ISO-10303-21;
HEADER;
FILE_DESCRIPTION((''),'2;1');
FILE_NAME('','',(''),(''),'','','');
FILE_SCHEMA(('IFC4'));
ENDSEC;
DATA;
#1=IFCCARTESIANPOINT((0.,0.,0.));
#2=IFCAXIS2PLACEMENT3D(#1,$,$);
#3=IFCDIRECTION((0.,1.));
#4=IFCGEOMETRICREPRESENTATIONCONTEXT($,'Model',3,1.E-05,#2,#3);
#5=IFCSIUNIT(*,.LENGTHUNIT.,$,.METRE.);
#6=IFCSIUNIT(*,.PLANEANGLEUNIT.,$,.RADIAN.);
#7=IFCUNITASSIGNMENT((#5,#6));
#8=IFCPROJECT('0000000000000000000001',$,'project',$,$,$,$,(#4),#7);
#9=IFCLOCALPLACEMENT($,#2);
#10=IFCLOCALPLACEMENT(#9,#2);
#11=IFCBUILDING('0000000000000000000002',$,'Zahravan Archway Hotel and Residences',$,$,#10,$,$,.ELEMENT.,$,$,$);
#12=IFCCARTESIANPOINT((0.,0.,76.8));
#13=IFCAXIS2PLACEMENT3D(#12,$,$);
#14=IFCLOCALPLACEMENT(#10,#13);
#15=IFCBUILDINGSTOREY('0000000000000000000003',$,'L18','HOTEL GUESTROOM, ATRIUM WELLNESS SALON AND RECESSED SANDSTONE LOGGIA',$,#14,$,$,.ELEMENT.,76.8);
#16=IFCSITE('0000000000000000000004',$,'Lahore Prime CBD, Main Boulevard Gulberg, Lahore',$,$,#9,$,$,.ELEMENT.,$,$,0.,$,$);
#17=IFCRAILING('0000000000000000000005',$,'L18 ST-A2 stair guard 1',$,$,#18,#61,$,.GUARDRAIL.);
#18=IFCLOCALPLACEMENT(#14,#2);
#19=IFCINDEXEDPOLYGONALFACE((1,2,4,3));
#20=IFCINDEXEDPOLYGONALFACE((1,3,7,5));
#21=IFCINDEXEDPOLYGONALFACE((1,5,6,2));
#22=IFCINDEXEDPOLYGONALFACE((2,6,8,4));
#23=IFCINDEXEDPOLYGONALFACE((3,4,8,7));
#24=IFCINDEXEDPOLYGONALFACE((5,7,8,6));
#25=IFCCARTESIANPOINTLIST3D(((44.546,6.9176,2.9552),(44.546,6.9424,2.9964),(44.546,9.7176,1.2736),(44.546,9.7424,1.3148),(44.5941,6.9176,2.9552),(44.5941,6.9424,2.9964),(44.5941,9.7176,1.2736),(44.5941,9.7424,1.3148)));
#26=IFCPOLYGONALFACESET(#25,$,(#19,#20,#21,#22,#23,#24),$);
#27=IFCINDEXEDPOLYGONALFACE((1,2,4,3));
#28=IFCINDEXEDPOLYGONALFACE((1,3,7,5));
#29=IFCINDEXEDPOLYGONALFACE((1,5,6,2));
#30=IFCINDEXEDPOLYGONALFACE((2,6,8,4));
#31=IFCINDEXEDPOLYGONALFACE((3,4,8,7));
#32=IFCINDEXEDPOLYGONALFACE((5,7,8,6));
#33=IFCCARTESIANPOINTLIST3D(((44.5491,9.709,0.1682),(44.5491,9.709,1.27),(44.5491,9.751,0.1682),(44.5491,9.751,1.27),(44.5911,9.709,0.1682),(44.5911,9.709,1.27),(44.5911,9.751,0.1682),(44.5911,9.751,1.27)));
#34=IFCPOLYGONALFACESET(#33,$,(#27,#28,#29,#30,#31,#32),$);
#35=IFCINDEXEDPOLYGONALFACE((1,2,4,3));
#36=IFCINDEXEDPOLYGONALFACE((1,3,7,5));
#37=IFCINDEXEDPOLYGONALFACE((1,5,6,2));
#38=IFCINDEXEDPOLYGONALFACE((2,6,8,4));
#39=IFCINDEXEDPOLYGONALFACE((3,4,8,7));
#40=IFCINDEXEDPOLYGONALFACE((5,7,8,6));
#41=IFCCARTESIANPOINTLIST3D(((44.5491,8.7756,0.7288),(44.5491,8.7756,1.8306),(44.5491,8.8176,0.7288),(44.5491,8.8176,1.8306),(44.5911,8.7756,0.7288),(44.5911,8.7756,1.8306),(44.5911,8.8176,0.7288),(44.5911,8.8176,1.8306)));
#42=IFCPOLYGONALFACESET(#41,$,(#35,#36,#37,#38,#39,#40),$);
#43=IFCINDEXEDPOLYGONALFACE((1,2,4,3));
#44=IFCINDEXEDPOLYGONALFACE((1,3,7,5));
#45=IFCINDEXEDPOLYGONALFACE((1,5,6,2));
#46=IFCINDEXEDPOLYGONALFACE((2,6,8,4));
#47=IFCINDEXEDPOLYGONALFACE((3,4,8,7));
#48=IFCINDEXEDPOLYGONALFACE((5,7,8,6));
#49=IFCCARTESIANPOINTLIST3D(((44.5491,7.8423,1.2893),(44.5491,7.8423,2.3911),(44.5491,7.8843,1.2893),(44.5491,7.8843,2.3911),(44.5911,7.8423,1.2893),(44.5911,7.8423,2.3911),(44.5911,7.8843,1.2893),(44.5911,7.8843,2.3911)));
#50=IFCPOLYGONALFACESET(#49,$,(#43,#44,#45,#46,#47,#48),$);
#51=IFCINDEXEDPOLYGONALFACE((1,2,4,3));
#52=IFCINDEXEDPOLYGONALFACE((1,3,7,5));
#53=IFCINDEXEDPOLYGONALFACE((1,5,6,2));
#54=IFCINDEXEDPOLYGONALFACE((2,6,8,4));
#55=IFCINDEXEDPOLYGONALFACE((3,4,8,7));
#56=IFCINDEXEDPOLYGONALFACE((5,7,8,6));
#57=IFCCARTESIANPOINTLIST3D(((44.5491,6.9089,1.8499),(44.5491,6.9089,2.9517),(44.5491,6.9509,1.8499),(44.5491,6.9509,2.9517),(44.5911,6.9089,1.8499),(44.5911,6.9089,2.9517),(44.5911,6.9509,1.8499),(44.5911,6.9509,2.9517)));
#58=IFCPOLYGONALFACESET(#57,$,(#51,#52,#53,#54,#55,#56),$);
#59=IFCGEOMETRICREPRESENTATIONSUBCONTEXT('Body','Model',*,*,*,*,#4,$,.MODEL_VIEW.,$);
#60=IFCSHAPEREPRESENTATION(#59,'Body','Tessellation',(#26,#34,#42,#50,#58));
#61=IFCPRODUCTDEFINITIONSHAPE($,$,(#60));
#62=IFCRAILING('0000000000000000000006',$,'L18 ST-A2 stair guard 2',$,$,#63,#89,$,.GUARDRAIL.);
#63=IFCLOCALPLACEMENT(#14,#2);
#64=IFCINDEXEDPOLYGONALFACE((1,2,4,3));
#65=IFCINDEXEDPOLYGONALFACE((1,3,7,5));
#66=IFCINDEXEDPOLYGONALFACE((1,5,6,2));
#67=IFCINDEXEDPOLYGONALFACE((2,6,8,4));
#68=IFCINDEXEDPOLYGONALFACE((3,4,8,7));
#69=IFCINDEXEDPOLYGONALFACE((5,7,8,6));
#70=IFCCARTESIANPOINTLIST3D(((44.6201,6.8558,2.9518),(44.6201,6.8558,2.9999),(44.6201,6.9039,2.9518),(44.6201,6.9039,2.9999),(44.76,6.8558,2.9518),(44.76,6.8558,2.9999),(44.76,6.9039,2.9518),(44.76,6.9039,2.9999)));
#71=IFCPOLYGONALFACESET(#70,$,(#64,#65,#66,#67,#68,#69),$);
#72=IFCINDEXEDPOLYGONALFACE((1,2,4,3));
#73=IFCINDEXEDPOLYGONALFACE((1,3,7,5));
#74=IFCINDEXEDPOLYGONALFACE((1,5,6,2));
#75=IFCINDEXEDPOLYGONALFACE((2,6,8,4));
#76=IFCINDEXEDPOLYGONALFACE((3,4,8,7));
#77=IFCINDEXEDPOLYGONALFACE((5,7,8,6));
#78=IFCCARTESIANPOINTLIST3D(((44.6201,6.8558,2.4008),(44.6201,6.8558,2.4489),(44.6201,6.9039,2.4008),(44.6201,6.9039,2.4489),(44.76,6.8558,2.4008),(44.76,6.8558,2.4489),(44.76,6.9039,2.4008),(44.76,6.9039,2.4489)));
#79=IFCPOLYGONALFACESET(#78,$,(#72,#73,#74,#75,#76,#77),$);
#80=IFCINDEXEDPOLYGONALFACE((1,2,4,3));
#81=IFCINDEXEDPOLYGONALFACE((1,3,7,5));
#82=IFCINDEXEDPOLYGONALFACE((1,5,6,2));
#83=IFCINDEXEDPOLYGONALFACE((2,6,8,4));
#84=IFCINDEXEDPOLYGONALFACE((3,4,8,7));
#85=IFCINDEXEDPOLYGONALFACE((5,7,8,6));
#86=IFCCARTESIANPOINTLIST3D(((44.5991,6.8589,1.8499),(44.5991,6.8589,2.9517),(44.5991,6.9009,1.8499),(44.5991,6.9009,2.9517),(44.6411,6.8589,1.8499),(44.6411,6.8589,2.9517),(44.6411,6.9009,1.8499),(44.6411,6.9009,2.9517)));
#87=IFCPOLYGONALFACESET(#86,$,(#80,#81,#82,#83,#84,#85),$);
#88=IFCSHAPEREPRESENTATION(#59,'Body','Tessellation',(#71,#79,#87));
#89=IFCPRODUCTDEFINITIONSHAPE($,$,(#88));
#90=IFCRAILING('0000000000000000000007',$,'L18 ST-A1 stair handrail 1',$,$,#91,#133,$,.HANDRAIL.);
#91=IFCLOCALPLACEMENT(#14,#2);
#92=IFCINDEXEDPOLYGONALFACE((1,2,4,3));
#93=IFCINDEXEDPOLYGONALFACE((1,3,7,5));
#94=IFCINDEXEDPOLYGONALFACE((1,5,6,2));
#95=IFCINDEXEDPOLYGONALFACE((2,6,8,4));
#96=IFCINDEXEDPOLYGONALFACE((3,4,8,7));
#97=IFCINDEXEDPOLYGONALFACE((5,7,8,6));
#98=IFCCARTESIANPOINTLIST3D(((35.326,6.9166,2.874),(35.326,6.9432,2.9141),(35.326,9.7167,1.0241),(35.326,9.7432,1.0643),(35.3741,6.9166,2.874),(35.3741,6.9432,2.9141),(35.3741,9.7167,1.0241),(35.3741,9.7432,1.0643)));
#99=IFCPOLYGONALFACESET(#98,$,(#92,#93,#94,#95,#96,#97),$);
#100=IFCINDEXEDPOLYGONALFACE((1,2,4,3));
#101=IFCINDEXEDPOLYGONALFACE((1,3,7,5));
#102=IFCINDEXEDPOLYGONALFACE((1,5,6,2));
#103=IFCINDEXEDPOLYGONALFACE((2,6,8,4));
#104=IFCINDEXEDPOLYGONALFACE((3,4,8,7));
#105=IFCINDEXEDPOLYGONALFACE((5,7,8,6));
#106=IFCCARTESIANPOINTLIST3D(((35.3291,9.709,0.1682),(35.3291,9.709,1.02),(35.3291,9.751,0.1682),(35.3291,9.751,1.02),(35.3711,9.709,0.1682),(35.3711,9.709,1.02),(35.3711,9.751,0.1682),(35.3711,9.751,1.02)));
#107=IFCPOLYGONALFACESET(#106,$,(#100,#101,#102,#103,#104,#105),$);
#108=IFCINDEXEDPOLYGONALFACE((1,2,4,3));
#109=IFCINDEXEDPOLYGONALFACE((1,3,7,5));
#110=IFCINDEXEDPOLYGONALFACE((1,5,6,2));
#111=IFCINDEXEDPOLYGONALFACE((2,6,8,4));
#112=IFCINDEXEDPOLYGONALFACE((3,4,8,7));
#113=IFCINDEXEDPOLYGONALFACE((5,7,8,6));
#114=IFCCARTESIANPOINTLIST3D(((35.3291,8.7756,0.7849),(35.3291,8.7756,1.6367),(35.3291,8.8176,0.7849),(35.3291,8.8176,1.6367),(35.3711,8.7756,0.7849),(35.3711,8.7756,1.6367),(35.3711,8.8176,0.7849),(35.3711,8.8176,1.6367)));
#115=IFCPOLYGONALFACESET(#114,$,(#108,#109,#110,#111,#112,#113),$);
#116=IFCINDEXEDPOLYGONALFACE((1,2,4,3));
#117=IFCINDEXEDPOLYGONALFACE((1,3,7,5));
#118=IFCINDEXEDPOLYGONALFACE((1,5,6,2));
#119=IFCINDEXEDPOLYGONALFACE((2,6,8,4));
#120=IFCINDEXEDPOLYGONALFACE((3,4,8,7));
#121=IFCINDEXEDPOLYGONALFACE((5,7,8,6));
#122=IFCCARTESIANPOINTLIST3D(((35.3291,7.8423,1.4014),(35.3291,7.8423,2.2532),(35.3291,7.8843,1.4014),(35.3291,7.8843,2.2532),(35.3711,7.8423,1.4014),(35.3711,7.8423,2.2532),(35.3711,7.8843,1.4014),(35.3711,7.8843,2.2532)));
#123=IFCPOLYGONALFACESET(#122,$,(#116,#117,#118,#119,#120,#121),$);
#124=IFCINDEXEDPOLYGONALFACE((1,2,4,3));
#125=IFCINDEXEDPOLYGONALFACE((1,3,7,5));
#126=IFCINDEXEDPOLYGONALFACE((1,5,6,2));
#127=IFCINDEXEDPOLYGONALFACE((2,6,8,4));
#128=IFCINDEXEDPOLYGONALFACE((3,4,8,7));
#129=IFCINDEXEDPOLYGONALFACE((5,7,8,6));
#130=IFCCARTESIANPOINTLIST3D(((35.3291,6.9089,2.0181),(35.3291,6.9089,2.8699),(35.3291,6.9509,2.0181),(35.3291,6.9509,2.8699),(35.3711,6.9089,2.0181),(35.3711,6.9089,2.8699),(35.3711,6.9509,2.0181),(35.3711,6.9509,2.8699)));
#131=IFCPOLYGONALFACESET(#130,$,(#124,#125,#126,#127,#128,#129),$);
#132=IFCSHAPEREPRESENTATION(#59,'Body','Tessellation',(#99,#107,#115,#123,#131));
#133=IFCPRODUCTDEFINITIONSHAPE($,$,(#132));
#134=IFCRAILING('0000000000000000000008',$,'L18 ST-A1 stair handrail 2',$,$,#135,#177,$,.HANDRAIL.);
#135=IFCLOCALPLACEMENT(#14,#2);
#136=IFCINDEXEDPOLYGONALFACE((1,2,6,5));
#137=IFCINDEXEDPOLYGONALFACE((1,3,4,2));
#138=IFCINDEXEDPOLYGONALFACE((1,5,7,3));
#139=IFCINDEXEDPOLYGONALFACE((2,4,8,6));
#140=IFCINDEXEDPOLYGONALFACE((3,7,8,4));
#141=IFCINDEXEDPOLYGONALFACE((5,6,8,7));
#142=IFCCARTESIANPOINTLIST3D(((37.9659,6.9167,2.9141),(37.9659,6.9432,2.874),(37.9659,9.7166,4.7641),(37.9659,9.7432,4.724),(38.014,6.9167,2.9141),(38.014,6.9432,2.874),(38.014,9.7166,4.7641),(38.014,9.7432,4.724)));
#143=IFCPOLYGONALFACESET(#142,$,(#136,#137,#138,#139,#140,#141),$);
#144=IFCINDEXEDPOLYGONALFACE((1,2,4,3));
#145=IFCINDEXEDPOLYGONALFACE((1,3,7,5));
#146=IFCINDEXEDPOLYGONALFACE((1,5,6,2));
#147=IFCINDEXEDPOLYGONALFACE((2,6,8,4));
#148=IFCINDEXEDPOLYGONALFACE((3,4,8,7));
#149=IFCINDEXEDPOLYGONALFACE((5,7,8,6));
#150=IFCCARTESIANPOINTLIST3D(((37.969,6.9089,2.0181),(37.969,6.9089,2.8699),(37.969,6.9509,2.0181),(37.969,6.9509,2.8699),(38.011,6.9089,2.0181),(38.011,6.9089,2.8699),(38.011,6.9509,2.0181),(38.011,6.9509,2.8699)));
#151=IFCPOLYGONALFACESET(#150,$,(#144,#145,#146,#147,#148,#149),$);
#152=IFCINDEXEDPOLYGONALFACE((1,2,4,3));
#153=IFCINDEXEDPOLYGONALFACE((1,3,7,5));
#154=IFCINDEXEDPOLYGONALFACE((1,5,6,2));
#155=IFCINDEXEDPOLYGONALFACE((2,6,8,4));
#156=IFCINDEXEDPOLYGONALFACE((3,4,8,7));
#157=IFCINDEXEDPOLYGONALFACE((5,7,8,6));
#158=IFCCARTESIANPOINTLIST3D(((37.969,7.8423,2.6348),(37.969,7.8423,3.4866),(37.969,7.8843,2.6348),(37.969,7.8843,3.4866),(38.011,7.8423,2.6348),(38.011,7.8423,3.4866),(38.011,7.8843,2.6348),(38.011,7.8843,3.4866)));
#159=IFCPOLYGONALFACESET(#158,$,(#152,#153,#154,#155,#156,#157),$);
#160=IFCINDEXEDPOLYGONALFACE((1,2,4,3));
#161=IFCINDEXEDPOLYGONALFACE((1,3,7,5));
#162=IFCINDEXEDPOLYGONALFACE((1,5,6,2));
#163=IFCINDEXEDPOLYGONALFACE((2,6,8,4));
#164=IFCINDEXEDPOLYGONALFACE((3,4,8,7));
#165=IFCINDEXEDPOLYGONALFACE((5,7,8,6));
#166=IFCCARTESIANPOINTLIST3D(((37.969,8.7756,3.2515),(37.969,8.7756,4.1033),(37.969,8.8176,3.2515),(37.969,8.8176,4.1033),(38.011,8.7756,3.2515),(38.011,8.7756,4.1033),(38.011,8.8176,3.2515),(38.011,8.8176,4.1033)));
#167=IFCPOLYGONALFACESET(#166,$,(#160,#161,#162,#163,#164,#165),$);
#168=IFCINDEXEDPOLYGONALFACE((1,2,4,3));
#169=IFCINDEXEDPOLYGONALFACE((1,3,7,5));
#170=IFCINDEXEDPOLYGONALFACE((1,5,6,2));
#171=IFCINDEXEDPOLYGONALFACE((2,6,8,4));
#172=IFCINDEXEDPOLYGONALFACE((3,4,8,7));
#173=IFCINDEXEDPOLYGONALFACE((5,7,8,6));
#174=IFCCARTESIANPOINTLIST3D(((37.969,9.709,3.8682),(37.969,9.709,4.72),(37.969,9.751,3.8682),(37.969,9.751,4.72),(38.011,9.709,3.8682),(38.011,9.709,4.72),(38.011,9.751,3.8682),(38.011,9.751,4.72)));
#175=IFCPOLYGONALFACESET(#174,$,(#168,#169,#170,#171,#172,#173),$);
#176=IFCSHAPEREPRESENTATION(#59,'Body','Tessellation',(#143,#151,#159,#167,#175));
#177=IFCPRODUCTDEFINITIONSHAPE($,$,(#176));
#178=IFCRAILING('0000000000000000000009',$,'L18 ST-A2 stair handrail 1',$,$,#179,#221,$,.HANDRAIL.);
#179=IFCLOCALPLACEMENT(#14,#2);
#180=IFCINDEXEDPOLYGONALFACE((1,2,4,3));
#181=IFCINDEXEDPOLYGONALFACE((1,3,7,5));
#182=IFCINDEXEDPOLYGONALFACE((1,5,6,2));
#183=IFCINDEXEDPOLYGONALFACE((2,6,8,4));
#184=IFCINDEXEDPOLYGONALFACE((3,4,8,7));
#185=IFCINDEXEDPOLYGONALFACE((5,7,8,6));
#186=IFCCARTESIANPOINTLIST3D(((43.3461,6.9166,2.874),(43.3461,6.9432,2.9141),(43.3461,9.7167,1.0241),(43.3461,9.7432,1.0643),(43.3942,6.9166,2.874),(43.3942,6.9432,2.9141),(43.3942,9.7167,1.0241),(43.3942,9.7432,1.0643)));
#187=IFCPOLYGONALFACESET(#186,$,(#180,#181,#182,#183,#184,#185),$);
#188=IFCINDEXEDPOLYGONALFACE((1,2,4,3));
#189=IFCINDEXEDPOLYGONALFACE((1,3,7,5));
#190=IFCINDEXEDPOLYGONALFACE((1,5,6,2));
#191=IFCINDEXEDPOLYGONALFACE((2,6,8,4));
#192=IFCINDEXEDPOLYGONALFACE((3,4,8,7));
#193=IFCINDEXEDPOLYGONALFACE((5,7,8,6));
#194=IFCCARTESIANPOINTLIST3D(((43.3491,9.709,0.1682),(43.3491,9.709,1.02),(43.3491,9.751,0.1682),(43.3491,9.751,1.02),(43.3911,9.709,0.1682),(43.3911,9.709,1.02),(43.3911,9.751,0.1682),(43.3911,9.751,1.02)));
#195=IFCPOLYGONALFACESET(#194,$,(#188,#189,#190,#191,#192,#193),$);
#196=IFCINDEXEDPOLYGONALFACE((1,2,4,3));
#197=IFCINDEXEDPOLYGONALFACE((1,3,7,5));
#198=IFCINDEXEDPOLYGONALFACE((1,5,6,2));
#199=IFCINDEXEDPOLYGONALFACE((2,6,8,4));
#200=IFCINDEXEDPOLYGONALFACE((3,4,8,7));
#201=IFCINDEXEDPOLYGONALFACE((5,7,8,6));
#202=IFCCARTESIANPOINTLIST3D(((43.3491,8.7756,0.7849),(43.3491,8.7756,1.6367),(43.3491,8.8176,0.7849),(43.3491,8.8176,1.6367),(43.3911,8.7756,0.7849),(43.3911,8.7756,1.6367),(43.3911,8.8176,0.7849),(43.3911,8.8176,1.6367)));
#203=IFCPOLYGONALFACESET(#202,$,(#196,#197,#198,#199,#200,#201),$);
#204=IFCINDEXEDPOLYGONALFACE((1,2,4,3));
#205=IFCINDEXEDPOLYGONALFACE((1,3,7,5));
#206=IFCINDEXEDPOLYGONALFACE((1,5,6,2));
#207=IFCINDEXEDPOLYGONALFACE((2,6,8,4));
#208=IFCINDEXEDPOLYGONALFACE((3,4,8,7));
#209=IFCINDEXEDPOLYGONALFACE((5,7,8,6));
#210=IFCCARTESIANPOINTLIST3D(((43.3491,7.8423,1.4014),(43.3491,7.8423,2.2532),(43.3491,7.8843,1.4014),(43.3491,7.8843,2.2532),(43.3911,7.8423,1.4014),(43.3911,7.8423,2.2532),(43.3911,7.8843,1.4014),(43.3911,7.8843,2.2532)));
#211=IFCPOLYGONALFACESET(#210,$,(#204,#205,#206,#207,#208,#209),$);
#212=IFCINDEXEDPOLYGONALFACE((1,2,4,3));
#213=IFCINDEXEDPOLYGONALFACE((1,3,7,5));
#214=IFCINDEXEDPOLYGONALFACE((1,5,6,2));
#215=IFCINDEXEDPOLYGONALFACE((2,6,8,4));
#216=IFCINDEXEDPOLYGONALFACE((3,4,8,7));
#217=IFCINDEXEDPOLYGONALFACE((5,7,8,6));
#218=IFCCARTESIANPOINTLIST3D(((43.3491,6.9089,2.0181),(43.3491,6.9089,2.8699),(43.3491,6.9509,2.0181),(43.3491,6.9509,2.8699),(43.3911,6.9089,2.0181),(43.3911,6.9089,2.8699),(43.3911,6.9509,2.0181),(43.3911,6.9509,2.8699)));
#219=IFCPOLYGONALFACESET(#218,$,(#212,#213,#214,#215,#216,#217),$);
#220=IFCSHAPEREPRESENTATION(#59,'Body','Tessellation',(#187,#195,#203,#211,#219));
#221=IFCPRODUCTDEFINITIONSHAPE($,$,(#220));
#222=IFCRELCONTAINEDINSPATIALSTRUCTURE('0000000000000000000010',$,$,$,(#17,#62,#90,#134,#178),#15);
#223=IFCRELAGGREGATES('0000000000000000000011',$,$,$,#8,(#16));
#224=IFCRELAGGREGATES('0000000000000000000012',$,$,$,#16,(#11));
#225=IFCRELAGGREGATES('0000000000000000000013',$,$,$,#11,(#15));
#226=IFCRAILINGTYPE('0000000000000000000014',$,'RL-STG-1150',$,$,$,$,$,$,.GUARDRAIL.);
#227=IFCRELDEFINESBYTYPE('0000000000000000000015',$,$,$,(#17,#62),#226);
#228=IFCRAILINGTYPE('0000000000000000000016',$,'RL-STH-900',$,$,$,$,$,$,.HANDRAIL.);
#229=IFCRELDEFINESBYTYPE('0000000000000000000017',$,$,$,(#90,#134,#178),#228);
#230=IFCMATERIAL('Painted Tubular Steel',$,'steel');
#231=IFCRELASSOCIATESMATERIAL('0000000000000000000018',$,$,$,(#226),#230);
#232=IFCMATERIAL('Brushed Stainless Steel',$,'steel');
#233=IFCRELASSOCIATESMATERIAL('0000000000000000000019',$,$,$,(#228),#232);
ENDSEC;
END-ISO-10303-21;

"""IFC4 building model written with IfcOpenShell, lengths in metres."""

from ifc_helpers import new_model, si_unit, direction, frame, origin, origin_2d, place, context, subcontext, project, spatial, rectangle, extrude, material, type_object, element, save


model = new_model("IFC4")

# Units and contexts
model_context = context("Model", 3, precision=1e-05, world=origin(), true_north=direction((0.0, 1.0)))
body_context = subcontext(model_context, "Body", "Model", "MODEL_VIEW")
ifc_project = project(units=[si_unit("LENGTHUNIT", "METRE"), si_unit("PLANEANGLEUNIT", "RADIAN")], contexts=[model_context])

# Site, building, storey
site_placement = place(None, origin())
site = spatial("IfcSite", under=ifc_project, at=site_placement, Name="Lahore Prime CBD, Main Boulevard Gulberg, Lahore", CompositionType="ELEMENT", RefElevation=0.0)
building_placement = place(site_placement, origin())
building = spatial("IfcBuilding", under=site, at=building_placement, Name="Zahravan Archway Hotel and Residences", CompositionType="ELEMENT")
storey_placement = place(building_placement, frame((0.0, 0.0, 76.8)))
storey = spatial("IfcBuildingStorey", under=building, at=storey_placement, Name="L18", Description="HOTEL GUESTROOM, ATRIUM WELLNESS SALON AND RECESSED SANDSTONE LOGGIA", CompositionType="ELEMENT", Elevation=76.8)

# Railings
ifc_material_1 = material(Name="Painted Tubular Steel", Category="steel")
railing_type_1 = type_object("IfcRailingType", Name="RL-STG-1150", PredefinedType="GUARDRAIL", material=ifc_material_1)
railing_1_placement = place(storey_placement, frame((44.5701, 9.73, 0.1682)))
element("IfcRailing", 1, at=railing_1_placement, inside=storey, type_object=railing_type_1, Name="L18 ST-A2 stair guard 1", PredefinedType="GUARDRAIL", context=body_context, shape_type="SweptSolid", body=[
    extrude(rectangle(XDim=0.0481, YDim=0.0481, at=origin_2d()), frame((0.0, 0.0, 1.126), z_axis=(0.0, -0.857275, 0.514858), x_axis=(1.0, 0.0, 0.0)), (0.0, 0.0, 1.0), 3.2661),
    extrude(rectangle(XDim=0.042, YDim=0.042, at=origin_2d()), origin(), (0.0, 0.0, 1.0), 1.1018),
    extrude(rectangle(XDim=0.042, YDim=0.042, at=origin_2d()), frame((0.0, -0.9333, 0.5605)), (0.0, 0.0, 1.0), 1.1018),
    extrude(rectangle(XDim=0.042, YDim=0.042, at=origin_2d()), frame((0.0, -1.8667, 1.1211)), (0.0, 0.0, 1.0), 1.1018),
    extrude(rectangle(XDim=0.042, YDim=0.042, at=origin_2d()), frame((0.0, -2.8, 1.6816)), (0.0, 0.0, 1.0), 1.1018),
])
railing_2_placement = place(storey_placement, frame((44.6201, 6.8799, 1.8499)))
element("IfcRailing", 2, at=railing_2_placement, inside=storey, type_object=railing_type_1, Name="L18 ST-A2 stair guard 2", PredefinedType="GUARDRAIL", context=body_context, shape_type="SweptSolid", body=[
    extrude(rectangle(XDim=0.0481, YDim=0.0481, at=origin_2d()), frame((0.0, 0.0, 1.126), z_axis=(1.0, 0.0, 0.0), x_axis=(0.0, 1.0, 0.0)), (0.0, 0.0, 1.0), 0.1399),
    extrude(rectangle(XDim=0.0481, YDim=0.0481, at=origin_2d()), frame((0.0, 0.0, 0.575), z_axis=(1.0, 0.0, 0.0), x_axis=(0.0, 1.0, 0.0)), (0.0, 0.0, 1.0), 0.1399),
    extrude(rectangle(XDim=0.042, YDim=0.042, at=origin_2d()), origin(), (0.0, 0.0, 1.0), 1.1018),
])
ifc_material_2 = material(Name="Brushed Stainless Steel", Category="steel")
railing_type_2 = type_object("IfcRailingType", Name="RL-STH-900", PredefinedType="HANDRAIL", material=ifc_material_2)
railing_3_placement = place(storey_placement, frame((35.3501, 9.73, 0.1682)))
element("IfcRailing", 3, at=railing_3_placement, inside=storey, type_object=railing_type_2, Name="L18 ST-A1 stair handrail 1", PredefinedType="HANDRAIL", context=body_context, shape_type="SweptSolid", body=[
    extrude(rectangle(XDim=0.0481, YDim=0.0481, at=origin_2d()), frame((0.0, 0.0, 0.876), z_axis=(0.0, -0.83436, 0.55122), x_axis=(1.0, 0.0, 0.0)), (0.0, 0.0, 1.0), 3.356),
    extrude(rectangle(XDim=0.042, YDim=0.042, at=origin_2d()), origin(), (0.0, 0.0, 1.0), 0.8518),
    extrude(rectangle(XDim=0.042, YDim=0.042, at=origin_2d()), frame((0.0, -0.9333, 0.6167)), (0.0, 0.0, 1.0), 0.8518),
    extrude(rectangle(XDim=0.042, YDim=0.042, at=origin_2d()), frame((0.0, -1.8667, 1.2332)), (0.0, 0.0, 1.0), 0.8518),
    extrude(rectangle(XDim=0.042, YDim=0.042, at=origin_2d()), frame((0.0, -2.8, 1.8499)), (0.0, 0.0, 1.0), 0.8518),
])
railing_4_placement = place(storey_placement, frame((37.99, 6.9299, 2.0181)))
element("IfcRailing", 4, at=railing_4_placement, inside=storey, type_object=railing_type_2, Name="L18 ST-A1 stair handrail 2", PredefinedType="HANDRAIL", context=body_context, shape_type="SweptSolid", body=[
    extrude(rectangle(XDim=0.0481, YDim=0.0481, at=origin_2d()), frame((0.0, 0.0, 0.876), z_axis=(0.0, 0.834326, 0.551271), x_axis=(-1.0, 0.0, 0.0)), (0.0, 0.0, 1.0), 3.356),
    extrude(rectangle(XDim=0.042, YDim=0.042, at=origin_2d()), origin(), (0.0, 0.0, 1.0), 0.8518),
    extrude(rectangle(XDim=0.042, YDim=0.042, at=origin_2d()), frame((0.0, 0.9333, 0.6167)), (0.0, 0.0, 1.0), 0.8518),
    extrude(rectangle(XDim=0.042, YDim=0.042, at=origin_2d()), frame((0.0, 1.8667, 1.2334)), (0.0, 0.0, 1.0), 0.8518),
    extrude(rectangle(XDim=0.042, YDim=0.042, at=origin_2d()), frame((0.0, 2.8, 1.8501)), (0.0, 0.0, 1.0), 0.8518),
])
railing_5_placement = place(storey_placement, frame((43.3701, 9.73, 0.1682)))
element("IfcRailing", 5, at=railing_5_placement, inside=storey, type_object=railing_type_2, Name="L18 ST-A2 stair handrail 1", PredefinedType="HANDRAIL", context=body_context, shape_type="SweptSolid", body=[
    extrude(rectangle(XDim=0.0481, YDim=0.0481, at=origin_2d()), frame((0.0, 0.0, 0.876), z_axis=(0.0, -0.83436, 0.55122), x_axis=(1.0, 0.0, 0.0)), (0.0, 0.0, 1.0), 3.356),
    extrude(rectangle(XDim=0.042, YDim=0.042, at=origin_2d()), origin(), (0.0, 0.0, 1.0), 0.8518),
    extrude(rectangle(XDim=0.042, YDim=0.042, at=origin_2d()), frame((0.0, -0.9333, 0.6167)), (0.0, 0.0, 1.0), 0.8518),
    extrude(rectangle(XDim=0.042, YDim=0.042, at=origin_2d()), frame((0.0, -1.8667, 1.2332)), (0.0, 0.0, 1.0), 0.8518),
    extrude(rectangle(XDim=0.042, YDim=0.042, at=origin_2d()), frame((0.0, -2.8, 1.8499)), (0.0, 0.0, 1.0), 0.8518),
])

save(model, "model.ifc")
